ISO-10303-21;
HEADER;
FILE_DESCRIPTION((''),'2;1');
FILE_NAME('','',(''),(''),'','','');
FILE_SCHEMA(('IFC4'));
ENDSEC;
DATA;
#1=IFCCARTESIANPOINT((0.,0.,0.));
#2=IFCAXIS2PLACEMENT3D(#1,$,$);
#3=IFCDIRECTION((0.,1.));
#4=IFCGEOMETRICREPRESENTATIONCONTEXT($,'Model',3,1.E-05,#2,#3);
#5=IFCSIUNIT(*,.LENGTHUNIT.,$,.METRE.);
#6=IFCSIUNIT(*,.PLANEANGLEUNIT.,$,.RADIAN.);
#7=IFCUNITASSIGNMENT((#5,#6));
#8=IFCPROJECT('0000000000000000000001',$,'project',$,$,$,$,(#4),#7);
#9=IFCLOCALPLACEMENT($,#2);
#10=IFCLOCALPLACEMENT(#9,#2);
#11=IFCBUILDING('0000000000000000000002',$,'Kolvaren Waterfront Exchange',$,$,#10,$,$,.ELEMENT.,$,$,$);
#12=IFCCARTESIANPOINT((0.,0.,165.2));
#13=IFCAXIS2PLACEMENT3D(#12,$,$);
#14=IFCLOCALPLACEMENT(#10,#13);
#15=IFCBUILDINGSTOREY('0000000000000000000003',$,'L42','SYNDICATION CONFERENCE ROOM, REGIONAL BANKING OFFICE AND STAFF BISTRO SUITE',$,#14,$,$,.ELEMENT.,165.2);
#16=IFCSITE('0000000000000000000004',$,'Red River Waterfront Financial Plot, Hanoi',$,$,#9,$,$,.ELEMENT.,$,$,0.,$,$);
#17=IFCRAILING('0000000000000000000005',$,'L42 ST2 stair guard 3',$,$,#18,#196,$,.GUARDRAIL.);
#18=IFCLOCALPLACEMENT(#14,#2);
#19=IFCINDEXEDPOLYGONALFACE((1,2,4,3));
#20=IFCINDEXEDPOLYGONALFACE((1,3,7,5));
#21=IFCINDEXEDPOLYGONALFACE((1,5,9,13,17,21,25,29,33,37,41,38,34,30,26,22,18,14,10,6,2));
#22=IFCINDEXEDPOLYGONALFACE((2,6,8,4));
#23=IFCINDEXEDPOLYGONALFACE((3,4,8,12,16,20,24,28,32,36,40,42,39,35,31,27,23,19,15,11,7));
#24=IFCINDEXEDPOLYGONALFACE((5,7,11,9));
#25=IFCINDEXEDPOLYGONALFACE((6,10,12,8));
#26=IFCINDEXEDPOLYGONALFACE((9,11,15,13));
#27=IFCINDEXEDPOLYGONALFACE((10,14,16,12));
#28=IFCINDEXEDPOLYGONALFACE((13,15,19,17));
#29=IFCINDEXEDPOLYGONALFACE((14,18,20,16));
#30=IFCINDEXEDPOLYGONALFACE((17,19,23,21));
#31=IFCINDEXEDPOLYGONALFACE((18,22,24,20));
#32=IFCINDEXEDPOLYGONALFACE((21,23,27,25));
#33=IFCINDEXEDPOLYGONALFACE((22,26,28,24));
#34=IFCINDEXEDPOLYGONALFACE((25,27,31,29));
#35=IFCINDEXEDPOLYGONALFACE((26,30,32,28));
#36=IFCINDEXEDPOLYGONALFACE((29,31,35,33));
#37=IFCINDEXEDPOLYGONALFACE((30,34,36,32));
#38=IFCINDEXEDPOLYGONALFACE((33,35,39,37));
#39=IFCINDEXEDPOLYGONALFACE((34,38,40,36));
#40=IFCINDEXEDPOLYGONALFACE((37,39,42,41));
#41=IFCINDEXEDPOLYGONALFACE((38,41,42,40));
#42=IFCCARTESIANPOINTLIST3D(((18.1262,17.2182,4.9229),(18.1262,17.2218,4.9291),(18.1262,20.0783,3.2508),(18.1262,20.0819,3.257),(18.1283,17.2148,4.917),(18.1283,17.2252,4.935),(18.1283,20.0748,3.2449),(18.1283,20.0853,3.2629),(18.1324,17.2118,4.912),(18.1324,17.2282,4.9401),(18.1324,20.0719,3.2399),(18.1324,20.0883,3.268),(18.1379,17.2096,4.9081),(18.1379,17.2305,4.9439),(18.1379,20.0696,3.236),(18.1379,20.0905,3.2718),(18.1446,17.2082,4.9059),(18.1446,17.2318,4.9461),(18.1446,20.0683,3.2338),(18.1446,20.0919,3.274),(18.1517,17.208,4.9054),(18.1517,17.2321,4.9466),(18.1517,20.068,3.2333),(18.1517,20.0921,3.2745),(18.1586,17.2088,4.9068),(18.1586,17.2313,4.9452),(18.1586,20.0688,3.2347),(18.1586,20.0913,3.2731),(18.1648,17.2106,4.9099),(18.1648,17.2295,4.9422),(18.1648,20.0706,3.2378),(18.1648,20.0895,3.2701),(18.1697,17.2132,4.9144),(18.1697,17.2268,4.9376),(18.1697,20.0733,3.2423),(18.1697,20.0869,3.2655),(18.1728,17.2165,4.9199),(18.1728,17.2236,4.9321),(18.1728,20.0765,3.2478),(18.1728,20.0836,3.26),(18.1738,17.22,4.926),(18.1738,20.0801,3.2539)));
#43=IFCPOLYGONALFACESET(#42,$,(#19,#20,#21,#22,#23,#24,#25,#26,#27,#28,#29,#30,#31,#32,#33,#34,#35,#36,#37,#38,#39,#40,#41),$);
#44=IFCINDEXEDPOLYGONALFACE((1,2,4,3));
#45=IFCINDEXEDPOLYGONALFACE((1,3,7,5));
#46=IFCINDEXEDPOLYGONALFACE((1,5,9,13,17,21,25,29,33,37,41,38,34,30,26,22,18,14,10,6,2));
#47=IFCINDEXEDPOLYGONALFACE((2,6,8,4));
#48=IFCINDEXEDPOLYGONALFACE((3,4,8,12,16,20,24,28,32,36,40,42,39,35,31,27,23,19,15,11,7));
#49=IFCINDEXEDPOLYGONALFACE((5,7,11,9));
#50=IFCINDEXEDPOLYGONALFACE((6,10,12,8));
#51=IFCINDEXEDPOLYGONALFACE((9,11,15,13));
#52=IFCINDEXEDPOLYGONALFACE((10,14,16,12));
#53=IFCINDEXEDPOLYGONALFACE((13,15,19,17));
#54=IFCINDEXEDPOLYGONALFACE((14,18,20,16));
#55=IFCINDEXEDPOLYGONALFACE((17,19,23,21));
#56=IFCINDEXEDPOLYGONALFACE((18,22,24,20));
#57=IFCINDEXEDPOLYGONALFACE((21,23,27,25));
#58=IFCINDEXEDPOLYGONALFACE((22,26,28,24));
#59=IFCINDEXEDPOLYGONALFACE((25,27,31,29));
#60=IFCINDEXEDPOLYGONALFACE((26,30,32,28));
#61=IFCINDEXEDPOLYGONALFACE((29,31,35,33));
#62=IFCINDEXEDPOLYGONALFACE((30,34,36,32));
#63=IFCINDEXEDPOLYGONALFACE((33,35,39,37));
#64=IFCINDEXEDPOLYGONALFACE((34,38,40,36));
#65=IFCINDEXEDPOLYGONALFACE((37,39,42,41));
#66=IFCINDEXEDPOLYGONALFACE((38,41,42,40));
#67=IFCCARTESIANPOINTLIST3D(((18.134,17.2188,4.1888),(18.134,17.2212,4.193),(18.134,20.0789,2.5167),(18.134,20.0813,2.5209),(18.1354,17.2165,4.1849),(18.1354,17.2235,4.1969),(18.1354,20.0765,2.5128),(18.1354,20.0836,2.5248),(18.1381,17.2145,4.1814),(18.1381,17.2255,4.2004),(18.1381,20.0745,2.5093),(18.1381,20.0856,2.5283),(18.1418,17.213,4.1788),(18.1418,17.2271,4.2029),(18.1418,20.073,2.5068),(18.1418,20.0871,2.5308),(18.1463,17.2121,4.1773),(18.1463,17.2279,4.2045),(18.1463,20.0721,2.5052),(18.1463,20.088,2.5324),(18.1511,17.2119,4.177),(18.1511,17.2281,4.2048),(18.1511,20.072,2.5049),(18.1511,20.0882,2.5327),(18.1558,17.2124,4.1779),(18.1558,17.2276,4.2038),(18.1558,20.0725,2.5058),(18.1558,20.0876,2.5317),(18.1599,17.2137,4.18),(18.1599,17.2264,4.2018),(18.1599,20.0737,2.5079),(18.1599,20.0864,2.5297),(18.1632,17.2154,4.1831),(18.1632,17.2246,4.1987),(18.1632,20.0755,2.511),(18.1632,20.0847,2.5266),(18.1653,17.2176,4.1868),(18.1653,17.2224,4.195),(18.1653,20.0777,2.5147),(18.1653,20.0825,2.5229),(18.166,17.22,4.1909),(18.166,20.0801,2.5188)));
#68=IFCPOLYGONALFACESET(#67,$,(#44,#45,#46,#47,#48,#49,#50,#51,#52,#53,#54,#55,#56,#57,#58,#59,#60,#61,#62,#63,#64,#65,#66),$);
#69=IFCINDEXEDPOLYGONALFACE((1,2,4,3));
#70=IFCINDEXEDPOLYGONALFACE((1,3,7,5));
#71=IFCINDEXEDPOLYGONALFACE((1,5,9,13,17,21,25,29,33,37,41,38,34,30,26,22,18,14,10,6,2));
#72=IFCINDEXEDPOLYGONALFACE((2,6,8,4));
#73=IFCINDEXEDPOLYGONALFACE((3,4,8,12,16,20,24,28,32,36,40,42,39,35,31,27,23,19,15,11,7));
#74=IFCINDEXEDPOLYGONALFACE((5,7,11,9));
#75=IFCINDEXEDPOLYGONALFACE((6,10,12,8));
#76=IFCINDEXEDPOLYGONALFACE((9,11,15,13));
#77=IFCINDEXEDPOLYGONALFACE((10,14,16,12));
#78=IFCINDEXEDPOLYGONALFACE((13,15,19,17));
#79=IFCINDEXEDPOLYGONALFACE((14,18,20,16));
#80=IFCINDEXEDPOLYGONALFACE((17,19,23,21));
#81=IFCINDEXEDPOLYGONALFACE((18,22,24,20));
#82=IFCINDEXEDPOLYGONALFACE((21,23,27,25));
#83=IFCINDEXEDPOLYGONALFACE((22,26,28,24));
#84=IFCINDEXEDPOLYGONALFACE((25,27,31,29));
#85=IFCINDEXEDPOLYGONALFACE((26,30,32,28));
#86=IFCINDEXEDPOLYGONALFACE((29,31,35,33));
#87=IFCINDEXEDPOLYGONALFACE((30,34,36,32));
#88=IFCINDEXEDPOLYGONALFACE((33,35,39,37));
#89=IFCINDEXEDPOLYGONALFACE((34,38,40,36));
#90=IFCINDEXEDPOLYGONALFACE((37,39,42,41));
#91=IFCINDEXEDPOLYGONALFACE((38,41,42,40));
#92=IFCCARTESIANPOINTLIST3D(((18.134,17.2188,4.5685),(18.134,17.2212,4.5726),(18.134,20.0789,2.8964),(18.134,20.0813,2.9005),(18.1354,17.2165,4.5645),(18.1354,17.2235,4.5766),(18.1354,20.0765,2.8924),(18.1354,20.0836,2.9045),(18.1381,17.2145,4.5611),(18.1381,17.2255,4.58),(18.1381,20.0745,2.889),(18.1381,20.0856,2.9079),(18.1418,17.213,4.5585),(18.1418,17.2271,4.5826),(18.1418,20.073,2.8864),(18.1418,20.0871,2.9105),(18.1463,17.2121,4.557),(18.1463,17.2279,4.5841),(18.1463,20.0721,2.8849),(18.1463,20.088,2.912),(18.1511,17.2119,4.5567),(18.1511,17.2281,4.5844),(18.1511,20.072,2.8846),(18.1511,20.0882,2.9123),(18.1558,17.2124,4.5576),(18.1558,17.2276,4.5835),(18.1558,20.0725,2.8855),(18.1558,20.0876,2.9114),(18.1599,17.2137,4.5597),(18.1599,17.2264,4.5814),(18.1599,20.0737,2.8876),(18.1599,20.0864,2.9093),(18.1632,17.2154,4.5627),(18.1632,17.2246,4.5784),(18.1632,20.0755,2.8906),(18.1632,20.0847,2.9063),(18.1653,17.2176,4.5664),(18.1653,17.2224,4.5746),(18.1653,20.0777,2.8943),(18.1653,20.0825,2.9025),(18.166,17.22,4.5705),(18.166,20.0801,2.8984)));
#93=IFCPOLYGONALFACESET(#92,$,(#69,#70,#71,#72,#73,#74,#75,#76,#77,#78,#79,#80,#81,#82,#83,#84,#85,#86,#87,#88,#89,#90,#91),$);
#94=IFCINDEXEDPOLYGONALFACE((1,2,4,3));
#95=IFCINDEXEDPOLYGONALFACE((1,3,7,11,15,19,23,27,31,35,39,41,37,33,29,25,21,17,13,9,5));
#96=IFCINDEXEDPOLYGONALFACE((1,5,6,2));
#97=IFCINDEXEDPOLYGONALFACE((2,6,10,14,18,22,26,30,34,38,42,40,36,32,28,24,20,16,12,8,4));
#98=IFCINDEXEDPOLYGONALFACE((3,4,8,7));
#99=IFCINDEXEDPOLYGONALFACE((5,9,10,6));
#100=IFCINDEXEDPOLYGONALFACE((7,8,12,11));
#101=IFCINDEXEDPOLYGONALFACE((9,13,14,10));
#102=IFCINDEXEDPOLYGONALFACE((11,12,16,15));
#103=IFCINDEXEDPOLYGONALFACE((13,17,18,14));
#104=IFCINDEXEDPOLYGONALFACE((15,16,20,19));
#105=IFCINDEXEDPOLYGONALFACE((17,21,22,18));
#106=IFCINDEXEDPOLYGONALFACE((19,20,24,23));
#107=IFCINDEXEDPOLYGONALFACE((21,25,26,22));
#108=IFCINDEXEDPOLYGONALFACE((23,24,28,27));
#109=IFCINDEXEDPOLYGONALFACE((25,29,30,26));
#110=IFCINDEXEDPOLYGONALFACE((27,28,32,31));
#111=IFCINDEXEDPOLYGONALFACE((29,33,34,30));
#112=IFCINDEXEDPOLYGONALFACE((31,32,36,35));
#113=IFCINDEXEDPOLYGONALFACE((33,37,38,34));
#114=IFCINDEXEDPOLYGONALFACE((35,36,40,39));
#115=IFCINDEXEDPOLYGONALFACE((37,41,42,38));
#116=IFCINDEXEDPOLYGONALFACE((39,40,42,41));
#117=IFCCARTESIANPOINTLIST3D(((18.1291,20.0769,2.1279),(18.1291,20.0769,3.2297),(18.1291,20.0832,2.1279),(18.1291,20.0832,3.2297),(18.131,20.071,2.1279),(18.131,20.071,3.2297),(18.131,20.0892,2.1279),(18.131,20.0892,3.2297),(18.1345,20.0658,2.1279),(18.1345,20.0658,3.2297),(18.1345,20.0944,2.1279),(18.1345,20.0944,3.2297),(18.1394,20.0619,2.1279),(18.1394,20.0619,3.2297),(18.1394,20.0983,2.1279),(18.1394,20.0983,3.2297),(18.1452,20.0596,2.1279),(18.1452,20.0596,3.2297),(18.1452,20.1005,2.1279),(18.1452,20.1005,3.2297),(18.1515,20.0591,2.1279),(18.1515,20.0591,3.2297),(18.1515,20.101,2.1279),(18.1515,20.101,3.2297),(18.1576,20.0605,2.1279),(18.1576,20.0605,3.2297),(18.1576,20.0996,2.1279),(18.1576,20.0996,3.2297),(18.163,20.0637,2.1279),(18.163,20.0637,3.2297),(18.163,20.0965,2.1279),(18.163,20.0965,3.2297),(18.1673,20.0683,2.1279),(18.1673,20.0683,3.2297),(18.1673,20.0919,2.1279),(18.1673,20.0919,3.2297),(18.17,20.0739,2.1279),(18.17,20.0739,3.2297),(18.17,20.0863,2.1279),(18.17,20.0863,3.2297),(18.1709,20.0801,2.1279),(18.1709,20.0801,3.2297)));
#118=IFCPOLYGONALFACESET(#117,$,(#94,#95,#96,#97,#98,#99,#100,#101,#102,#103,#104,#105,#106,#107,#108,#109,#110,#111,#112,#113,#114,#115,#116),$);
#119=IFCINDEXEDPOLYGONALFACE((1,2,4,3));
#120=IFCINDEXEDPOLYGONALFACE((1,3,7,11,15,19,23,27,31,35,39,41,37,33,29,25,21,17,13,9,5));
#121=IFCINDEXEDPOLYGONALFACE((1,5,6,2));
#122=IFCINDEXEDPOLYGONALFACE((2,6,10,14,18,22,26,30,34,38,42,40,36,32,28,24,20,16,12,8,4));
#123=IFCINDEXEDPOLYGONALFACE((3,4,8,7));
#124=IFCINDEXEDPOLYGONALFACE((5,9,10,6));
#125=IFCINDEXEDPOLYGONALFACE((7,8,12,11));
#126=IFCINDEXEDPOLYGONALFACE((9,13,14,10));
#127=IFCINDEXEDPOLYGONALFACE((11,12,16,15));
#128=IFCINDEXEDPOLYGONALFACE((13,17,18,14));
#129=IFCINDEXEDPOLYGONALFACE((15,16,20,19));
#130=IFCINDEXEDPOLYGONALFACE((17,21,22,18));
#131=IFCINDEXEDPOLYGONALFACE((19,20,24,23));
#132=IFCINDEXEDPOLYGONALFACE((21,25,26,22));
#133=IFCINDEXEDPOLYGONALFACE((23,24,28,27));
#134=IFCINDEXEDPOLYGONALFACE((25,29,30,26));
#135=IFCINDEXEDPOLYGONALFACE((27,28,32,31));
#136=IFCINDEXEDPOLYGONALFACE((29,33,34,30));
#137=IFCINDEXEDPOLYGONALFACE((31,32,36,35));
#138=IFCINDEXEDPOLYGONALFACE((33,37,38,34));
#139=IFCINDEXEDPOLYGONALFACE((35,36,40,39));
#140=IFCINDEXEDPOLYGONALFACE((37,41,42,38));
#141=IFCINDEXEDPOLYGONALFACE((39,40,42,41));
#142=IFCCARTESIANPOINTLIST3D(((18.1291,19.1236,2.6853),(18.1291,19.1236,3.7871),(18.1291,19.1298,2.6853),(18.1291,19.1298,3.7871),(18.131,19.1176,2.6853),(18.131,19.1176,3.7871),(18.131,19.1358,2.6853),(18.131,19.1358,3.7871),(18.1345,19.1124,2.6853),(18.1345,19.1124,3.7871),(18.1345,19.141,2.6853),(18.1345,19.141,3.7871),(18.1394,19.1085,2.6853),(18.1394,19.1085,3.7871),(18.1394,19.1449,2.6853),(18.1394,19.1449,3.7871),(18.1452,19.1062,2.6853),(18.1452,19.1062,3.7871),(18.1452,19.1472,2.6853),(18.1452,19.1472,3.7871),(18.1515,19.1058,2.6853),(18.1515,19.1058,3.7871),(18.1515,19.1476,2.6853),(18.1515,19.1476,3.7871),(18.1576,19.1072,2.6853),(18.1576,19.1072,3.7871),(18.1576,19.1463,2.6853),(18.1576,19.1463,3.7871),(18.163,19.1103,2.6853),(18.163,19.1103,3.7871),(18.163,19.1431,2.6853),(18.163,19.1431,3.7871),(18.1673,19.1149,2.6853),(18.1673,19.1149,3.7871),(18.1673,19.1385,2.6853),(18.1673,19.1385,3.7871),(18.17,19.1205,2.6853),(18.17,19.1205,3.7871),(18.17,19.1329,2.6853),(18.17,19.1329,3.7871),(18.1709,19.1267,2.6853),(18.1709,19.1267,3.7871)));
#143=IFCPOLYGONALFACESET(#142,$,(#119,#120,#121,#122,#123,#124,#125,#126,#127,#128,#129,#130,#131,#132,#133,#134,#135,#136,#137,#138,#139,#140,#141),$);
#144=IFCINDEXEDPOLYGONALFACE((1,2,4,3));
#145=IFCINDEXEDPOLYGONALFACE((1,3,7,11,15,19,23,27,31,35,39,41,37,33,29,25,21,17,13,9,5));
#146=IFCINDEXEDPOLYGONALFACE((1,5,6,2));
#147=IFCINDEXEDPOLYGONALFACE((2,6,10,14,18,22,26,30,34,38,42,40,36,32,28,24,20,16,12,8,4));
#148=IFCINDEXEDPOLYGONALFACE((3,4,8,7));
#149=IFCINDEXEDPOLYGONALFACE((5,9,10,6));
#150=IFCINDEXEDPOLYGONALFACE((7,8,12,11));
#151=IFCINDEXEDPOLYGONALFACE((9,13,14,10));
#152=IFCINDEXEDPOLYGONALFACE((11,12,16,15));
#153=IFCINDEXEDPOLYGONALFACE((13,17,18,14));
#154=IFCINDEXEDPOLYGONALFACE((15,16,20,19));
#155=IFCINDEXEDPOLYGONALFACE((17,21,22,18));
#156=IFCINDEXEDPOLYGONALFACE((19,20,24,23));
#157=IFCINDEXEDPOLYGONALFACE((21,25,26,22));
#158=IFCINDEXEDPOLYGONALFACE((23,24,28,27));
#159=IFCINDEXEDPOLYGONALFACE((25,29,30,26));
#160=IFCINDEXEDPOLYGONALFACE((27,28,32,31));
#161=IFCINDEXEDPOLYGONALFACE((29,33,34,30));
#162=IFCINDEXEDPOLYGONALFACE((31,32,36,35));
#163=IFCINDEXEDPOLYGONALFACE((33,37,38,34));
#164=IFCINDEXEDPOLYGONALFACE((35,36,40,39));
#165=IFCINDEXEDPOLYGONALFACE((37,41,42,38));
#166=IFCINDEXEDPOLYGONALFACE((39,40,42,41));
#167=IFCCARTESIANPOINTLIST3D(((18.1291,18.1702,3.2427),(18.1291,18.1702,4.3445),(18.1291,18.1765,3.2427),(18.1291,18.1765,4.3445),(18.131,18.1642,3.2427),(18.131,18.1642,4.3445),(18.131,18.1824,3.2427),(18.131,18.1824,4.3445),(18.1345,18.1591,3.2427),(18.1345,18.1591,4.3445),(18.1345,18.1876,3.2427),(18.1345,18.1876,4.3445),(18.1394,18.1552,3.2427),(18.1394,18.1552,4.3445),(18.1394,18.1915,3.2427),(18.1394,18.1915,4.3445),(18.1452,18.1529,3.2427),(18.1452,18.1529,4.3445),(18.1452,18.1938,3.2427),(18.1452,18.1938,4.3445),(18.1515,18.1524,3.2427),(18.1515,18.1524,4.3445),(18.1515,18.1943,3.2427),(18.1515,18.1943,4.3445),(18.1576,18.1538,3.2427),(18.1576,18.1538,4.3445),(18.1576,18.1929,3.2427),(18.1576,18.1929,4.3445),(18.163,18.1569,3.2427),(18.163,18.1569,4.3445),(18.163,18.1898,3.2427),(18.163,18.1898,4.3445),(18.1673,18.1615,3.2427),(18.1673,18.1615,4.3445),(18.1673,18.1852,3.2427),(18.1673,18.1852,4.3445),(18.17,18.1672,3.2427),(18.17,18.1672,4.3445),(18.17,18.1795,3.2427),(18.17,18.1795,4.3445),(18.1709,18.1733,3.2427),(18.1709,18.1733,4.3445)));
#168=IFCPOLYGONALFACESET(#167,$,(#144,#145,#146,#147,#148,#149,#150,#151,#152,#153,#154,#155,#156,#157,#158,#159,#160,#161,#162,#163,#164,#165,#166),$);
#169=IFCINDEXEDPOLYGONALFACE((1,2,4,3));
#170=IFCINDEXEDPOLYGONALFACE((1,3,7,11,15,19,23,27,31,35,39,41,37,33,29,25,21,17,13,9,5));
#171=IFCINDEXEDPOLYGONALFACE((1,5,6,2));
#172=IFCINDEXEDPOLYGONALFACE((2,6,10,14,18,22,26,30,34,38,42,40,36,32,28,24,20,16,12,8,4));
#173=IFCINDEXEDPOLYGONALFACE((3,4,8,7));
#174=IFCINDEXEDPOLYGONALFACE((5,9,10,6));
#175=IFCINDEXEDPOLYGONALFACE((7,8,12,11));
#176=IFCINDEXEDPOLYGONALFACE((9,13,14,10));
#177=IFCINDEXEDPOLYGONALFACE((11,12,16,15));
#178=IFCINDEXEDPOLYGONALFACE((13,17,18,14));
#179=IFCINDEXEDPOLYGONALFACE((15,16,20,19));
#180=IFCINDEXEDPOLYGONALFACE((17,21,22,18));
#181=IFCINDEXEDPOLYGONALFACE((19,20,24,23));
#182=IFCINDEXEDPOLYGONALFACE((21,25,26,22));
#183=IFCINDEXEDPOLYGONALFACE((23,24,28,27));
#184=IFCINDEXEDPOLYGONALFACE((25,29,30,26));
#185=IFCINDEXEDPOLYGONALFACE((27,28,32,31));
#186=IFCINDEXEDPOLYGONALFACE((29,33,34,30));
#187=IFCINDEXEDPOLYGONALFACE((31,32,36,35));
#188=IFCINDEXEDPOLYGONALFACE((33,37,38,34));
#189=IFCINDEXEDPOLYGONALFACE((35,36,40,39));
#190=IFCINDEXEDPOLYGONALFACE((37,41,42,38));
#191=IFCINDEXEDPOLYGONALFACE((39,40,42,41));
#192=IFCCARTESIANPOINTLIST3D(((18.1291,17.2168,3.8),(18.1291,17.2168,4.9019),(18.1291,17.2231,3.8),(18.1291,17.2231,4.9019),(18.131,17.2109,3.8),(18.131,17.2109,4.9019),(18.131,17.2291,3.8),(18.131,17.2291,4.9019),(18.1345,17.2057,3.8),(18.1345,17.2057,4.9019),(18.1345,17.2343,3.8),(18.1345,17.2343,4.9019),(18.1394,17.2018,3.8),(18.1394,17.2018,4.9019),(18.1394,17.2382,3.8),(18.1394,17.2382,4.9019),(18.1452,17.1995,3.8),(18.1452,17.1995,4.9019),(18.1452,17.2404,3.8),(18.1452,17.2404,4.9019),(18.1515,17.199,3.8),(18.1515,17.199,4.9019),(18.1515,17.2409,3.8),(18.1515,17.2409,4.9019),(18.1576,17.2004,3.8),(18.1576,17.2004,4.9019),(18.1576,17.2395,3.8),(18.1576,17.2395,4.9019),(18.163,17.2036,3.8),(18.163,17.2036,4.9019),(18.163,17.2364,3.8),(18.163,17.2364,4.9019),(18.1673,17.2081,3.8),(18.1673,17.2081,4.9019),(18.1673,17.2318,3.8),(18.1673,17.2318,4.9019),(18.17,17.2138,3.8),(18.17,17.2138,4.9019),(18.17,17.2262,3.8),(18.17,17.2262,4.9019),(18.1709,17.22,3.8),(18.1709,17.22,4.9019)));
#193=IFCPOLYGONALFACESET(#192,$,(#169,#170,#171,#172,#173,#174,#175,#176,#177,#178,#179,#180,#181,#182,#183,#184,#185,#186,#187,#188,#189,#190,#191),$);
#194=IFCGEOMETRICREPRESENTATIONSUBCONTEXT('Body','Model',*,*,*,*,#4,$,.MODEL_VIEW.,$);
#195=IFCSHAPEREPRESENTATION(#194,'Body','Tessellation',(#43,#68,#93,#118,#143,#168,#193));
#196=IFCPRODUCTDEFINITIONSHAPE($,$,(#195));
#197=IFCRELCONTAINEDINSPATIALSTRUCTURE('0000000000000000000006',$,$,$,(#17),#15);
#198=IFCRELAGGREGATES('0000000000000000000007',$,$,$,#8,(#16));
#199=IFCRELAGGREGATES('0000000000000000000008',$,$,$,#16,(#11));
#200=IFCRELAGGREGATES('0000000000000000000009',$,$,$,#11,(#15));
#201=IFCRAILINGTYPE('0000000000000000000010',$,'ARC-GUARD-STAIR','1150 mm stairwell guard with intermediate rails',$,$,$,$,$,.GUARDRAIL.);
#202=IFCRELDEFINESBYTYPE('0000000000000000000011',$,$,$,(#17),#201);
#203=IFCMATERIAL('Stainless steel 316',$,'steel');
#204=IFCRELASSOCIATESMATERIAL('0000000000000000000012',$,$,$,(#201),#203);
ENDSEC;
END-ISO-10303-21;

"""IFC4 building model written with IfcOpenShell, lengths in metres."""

from ifc_helpers import new_model, si_unit, direction, frame, origin, origin_2d, place, context, subcontext, project, spatial, circle, extrude, material, type_object, element, save


model = new_model("IFC4")

# Units and contexts
model_context = context("Model", 3, precision=1e-05, world=origin(), true_north=direction((0.0, 1.0)))
body_context = subcontext(model_context, "Body", "Model", "MODEL_VIEW")
ifc_project = project(units=[si_unit("LENGTHUNIT", "METRE"), si_unit("PLANEANGLEUNIT", "RADIAN")], contexts=[model_context])

# Site, building, storey
site_placement = place(None, origin())
site = spatial("IfcSite", under=ifc_project, at=site_placement, Name="Red River Waterfront Financial Plot, Hanoi", CompositionType="ELEMENT", RefElevation=0.0)
building_placement = place(site_placement, origin())
building = spatial("IfcBuilding", under=site, at=building_placement, Name="Kolvaren Waterfront Exchange", CompositionType="ELEMENT")
storey_placement = place(building_placement, frame((0.0, 0.0, 165.2)))
storey = spatial("IfcBuildingStorey", under=building, at=storey_placement, Name="L42", Description="SYNDICATION CONFERENCE ROOM, REGIONAL BANKING OFFICE AND STAFF BISTRO SUITE", CompositionType="ELEMENT", Elevation=165.2)

# Railing
ifc_material_1 = material(Name="Stainless steel 316", Category="steel")
railing_type = type_object("IfcRailingType", Name="ARC-GUARD-STAIR", Description="1150 mm stairwell guard with intermediate rails", PredefinedType="GUARDRAIL", material=ifc_material_1)
railing_1_placement = place(storey_placement, frame((18.1499, 20.0801, 2.1279)))
element("IfcRailing", 1, at=railing_1_placement, inside=storey, type_object=railing_type, Name="L42 ST2 stair guard 3", PredefinedType="GUARDRAIL", context=body_context, shape_type="SweptSolid", body=[
    extrude(circle(Radius=0.0239, at=origin_2d()), frame((0.0, 0.0, 1.126), z_axis=(0.0, -0.863289, 0.504709), x_axis=(1.0, 0.0, 0.0)), (0.0, 0.0, 1.0), 3.313),
    extrude(circle(Radius=0.0161, at=origin_2d()), frame((0.0, 0.0, 0.3909), z_axis=(0.0, -0.863289, 0.504709), x_axis=(1.0, 0.0, 0.0)), (0.0, 0.0, 1.0), 3.313),
    extrude(circle(Radius=0.0161, at=origin_2d()), frame((0.0, 0.0, 0.7705), z_axis=(0.0, -0.863289, 0.504709), x_axis=(1.0, 0.0, 0.0)), (0.0, 0.0, 1.0), 3.313),
    extrude(circle(Radius=0.021, at=origin_2d()), origin(), (0.0, 0.0, 1.0), 1.1018),
    extrude(circle(Radius=0.021, at=origin_2d()), frame((0.0, -0.9534, 0.5574)), (0.0, 0.0, 1.0), 1.1018),
    extrude(circle(Radius=0.021, at=origin_2d()), frame((0.0, -1.9067, 1.1147)), (0.0, 0.0, 1.0), 1.1018),
    extrude(circle(Radius=0.021, at=origin_2d()), frame((0.0, -2.8601, 1.6721)), (0.0, 0.0, 1.0), 1.1018),
])

save(model, "model.ifc")
